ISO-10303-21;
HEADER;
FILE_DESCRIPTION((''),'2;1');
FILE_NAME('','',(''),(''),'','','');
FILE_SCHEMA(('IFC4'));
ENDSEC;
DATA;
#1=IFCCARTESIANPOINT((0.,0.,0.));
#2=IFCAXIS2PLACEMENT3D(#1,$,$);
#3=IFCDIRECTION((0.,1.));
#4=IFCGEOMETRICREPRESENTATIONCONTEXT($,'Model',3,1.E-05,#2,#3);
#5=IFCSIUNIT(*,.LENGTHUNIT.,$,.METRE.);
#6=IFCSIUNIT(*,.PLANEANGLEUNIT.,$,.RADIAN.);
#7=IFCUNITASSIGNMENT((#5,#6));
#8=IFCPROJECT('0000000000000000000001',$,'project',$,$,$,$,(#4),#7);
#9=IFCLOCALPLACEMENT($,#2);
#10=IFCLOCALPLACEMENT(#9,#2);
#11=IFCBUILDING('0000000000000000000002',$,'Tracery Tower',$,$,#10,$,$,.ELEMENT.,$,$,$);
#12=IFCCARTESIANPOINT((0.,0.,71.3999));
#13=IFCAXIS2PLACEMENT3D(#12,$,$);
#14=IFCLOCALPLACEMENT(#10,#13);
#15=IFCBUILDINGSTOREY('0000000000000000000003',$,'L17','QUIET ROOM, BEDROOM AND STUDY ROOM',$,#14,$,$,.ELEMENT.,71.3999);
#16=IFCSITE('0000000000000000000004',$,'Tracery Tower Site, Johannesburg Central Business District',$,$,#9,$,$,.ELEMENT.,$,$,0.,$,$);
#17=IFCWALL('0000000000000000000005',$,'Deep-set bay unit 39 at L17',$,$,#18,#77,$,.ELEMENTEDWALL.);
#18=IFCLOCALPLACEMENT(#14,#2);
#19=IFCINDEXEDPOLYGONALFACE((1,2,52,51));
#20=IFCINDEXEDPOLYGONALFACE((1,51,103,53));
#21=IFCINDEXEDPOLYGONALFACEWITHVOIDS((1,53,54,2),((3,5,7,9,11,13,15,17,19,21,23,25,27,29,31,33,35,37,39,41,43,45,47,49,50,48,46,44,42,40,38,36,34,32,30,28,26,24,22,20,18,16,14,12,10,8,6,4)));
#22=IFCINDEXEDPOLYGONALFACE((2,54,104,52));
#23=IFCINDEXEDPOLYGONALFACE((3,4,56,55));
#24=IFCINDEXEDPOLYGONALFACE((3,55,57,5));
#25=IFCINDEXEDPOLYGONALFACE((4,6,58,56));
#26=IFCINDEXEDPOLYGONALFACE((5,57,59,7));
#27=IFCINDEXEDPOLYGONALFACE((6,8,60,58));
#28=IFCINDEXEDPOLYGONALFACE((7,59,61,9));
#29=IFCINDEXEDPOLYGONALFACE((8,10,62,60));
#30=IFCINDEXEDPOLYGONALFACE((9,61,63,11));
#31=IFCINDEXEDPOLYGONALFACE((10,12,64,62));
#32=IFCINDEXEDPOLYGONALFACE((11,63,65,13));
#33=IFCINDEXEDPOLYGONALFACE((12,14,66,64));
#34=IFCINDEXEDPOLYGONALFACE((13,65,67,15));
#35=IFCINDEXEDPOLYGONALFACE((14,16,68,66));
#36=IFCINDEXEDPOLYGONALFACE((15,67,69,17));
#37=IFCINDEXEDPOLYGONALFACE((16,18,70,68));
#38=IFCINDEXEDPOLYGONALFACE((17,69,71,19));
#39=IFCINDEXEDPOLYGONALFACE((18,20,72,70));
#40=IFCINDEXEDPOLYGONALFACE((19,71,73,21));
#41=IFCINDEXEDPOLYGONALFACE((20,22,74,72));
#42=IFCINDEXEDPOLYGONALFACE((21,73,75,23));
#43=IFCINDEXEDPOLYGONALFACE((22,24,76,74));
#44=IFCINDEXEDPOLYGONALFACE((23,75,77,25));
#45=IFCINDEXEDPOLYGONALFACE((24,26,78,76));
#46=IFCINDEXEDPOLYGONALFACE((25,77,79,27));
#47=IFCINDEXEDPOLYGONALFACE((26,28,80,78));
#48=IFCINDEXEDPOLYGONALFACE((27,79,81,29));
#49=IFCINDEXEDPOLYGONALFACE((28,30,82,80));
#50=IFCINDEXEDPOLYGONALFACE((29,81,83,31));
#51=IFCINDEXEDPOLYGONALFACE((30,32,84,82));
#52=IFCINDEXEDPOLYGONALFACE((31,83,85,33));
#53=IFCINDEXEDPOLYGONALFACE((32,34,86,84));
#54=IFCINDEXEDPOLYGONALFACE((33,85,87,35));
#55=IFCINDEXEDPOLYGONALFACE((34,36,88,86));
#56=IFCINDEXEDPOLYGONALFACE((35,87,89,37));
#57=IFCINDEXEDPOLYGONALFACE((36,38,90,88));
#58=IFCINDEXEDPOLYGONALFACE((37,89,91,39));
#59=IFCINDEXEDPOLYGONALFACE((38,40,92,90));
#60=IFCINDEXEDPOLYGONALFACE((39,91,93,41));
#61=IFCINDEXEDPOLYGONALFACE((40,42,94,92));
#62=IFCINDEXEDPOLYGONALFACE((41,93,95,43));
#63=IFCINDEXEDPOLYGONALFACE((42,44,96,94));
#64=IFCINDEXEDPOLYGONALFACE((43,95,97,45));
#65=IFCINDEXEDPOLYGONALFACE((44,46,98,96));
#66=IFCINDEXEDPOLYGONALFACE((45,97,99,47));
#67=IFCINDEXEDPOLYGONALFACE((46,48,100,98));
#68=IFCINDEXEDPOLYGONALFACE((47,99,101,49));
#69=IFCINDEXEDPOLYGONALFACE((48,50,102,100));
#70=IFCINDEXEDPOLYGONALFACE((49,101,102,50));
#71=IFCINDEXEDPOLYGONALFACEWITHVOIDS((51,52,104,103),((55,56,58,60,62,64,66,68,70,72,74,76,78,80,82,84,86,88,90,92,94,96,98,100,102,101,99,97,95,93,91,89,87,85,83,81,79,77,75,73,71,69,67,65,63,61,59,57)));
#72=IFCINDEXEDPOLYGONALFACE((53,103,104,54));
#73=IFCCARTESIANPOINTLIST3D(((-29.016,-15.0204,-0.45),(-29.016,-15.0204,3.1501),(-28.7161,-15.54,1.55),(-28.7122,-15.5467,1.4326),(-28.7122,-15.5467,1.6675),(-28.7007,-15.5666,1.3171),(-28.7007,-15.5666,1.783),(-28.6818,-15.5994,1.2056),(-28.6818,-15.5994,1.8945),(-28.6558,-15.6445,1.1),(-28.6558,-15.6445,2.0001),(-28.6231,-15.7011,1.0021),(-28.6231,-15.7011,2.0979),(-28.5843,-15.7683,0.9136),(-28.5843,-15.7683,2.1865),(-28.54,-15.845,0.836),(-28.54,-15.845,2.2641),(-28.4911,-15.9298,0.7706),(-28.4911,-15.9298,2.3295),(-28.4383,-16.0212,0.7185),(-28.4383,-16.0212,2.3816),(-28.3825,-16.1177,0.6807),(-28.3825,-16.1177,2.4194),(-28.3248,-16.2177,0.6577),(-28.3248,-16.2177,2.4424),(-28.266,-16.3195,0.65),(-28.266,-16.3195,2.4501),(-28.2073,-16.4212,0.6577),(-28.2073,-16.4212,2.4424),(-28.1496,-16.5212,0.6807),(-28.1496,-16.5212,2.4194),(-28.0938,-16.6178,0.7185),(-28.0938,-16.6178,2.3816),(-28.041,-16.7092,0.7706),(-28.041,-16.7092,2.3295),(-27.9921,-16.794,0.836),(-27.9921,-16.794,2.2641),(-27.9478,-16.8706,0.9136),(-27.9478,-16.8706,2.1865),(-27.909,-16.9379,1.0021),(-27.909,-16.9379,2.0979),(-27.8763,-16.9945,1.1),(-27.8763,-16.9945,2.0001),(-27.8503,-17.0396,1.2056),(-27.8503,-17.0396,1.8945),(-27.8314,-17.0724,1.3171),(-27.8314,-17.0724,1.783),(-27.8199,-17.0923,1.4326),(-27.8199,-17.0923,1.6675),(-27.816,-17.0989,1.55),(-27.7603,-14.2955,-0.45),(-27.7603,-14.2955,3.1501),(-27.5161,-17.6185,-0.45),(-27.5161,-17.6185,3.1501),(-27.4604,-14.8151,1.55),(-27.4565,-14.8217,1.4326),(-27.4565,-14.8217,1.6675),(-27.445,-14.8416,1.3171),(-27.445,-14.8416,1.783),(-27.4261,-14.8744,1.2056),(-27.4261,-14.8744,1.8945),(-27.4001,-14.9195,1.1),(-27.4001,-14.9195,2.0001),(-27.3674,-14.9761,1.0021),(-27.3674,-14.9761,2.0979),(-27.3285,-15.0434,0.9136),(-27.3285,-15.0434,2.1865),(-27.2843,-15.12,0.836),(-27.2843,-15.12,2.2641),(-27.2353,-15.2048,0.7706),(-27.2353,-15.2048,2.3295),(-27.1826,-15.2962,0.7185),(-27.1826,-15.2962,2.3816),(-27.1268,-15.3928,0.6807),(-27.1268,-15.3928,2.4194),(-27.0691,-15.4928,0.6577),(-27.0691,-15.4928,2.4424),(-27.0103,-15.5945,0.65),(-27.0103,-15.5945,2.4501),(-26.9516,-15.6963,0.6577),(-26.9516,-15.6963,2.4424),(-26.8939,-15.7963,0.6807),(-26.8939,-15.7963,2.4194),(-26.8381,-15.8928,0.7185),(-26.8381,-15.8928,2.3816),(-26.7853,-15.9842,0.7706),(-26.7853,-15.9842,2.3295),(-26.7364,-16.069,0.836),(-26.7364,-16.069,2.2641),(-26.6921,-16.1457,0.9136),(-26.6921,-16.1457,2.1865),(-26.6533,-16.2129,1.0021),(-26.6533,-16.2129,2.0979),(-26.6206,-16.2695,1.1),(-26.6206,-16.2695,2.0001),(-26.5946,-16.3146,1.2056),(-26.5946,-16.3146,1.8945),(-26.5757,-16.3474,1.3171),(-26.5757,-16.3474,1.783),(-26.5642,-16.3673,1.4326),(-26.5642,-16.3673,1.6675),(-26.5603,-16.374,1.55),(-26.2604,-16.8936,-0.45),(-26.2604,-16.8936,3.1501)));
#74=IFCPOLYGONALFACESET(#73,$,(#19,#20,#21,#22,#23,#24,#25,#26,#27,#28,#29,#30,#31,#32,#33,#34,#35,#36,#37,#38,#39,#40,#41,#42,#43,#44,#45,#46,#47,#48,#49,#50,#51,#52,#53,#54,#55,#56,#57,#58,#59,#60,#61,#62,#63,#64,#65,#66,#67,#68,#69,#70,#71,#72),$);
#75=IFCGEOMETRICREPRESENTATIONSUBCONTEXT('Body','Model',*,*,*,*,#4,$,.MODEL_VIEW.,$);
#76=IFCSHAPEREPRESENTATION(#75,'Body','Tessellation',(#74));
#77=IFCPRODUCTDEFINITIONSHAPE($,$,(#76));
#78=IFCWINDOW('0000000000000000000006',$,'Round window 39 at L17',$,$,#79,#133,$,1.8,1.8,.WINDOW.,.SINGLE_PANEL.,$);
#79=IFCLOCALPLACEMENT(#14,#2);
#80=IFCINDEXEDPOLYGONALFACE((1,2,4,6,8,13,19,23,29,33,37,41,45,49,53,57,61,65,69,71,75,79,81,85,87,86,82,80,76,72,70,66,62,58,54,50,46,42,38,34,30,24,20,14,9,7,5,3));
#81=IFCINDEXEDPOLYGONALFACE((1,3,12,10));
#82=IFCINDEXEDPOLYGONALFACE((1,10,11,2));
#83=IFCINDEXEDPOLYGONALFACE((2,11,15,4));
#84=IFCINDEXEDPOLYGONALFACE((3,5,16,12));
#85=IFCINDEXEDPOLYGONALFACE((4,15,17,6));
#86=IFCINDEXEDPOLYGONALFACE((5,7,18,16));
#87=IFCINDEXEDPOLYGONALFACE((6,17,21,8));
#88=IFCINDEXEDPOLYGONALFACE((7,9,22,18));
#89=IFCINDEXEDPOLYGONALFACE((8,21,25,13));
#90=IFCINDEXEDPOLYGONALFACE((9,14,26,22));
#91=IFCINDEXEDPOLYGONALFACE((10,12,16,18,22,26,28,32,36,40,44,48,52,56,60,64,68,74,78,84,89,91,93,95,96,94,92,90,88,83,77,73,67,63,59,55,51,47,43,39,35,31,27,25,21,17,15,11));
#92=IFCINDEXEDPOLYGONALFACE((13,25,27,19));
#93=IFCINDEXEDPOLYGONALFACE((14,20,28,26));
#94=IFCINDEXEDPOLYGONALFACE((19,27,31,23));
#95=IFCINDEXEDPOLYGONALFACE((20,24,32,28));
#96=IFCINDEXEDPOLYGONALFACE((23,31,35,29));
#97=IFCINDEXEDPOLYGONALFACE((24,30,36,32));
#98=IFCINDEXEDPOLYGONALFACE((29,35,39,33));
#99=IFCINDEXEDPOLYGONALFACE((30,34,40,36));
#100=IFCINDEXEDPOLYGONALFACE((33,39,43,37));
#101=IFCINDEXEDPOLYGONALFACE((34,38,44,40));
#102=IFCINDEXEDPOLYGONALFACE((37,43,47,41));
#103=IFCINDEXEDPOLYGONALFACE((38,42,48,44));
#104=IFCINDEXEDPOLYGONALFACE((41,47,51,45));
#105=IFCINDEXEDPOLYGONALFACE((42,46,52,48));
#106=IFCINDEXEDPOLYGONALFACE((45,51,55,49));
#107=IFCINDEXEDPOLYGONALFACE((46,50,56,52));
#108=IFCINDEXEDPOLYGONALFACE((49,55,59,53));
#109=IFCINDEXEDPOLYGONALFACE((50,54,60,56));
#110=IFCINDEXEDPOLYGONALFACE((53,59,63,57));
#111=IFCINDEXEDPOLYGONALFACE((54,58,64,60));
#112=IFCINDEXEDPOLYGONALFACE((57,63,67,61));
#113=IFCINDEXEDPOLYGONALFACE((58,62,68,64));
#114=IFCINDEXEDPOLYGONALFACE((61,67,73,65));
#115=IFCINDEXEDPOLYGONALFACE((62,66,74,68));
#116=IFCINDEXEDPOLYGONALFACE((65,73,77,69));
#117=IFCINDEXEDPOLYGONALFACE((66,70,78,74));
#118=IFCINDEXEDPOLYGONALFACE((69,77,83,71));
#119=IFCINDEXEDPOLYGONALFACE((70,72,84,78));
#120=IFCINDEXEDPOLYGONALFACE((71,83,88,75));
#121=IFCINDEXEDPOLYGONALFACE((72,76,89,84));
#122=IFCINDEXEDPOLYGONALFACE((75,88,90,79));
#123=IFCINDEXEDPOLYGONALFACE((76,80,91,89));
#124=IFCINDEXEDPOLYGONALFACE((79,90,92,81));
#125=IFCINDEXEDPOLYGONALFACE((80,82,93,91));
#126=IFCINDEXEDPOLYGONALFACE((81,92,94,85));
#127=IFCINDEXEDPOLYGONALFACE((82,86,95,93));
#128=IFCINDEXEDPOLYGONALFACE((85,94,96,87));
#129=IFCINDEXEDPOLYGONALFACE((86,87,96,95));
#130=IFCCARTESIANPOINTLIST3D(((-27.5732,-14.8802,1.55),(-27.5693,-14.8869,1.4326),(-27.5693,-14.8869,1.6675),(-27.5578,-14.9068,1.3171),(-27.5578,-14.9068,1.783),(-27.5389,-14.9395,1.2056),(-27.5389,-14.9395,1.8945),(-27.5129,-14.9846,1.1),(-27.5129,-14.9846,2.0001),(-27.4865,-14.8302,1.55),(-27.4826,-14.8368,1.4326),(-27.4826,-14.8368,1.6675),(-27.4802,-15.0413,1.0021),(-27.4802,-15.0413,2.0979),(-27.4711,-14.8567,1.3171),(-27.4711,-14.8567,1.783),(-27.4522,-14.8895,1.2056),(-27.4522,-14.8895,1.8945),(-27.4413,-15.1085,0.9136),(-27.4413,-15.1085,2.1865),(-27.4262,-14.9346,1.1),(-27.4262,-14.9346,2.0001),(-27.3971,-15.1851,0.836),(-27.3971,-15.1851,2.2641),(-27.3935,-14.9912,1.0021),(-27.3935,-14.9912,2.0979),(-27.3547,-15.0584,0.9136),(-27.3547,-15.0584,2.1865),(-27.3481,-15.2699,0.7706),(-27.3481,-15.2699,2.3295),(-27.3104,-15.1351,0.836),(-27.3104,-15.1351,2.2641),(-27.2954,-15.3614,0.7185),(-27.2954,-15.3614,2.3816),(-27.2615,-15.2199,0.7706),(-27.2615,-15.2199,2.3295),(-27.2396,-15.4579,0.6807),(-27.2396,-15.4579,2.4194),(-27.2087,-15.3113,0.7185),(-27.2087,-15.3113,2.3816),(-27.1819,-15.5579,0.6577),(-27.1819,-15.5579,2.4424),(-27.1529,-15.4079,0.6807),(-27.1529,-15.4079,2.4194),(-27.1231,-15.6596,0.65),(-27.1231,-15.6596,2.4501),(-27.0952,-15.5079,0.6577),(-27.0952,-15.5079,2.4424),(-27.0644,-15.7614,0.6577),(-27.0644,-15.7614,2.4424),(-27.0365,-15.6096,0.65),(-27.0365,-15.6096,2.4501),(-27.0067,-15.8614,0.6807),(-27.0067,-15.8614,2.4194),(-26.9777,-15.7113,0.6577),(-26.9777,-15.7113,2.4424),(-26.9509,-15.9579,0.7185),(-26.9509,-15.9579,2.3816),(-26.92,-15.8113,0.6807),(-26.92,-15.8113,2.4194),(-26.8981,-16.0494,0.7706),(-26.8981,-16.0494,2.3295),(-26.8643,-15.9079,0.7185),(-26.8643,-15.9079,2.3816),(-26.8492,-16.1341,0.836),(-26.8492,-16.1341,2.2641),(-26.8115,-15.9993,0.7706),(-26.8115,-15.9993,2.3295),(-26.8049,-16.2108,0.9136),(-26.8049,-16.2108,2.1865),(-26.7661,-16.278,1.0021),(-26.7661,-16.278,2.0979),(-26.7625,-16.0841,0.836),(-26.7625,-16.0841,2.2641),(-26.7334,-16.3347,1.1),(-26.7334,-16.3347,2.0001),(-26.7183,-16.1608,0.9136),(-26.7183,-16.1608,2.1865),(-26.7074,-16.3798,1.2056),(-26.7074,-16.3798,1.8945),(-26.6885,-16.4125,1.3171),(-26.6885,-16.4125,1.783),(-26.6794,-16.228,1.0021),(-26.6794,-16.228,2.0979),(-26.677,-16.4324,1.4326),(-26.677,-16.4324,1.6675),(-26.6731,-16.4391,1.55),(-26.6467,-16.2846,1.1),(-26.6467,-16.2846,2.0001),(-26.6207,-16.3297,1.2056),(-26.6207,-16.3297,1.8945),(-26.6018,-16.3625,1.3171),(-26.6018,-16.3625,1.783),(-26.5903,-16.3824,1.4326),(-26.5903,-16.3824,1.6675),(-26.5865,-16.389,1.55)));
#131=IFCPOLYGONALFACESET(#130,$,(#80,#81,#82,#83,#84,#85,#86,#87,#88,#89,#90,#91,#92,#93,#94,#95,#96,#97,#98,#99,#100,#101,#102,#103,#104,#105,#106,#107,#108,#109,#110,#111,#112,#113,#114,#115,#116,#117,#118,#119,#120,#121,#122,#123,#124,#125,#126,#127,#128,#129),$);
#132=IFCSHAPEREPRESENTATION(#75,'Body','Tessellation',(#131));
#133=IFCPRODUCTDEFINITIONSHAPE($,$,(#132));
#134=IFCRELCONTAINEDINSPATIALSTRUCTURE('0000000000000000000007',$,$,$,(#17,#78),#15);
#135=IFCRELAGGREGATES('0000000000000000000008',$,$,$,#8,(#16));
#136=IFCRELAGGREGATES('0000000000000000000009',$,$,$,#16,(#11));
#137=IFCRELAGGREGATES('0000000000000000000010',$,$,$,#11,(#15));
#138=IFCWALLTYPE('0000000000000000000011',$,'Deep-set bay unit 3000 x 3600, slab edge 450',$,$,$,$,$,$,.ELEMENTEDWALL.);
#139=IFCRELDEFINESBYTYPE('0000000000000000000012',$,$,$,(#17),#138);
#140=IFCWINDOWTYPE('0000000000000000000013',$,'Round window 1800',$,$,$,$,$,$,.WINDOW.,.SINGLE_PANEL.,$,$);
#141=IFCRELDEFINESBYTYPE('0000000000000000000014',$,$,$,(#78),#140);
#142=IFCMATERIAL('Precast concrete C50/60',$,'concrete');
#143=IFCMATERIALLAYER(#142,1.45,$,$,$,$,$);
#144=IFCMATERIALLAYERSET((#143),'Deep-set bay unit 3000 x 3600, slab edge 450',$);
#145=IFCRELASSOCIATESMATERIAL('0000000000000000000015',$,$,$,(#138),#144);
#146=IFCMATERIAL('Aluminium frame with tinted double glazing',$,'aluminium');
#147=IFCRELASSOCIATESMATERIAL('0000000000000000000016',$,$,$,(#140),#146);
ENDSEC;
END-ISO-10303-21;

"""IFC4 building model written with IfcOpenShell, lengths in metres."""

from ifc_helpers import new_model, si_unit, direction, frame, frame_2d, origin, origin_2d, place, context, subcontext, project, spatial, rectangle, circle, extrude, material, layer, layer_set, type_object, element, fill, save


model = new_model("IFC4")

# Units and contexts
model_context = context("Model", 3, precision=1e-05, world=origin(), true_north=direction((0.0, 1.0)))
body_context = subcontext(model_context, "Body", "Model", "MODEL_VIEW")
ifc_project = project(units=[si_unit("LENGTHUNIT", "METRE"), si_unit("PLANEANGLEUNIT", "RADIAN")], contexts=[model_context])

# Site, building, storey
site_placement = place(None, origin())
site = spatial("IfcSite", under=ifc_project, at=site_placement, Name="Tracery Tower Site, Johannesburg Central Business District", CompositionType="ELEMENT", RefElevation=0.0)
building_placement = place(site_placement, origin())
building = spatial("IfcBuilding", under=site, at=building_placement, Name="Tracery Tower", CompositionType="ELEMENT")
storey_placement = place(building_placement, frame((0.0, 0.0, 71.3999)))
storey = spatial("IfcBuildingStorey", under=building, at=storey_placement, Name="L17", Description="QUIET ROOM, BEDROOM AND STUDY ROOM", CompositionType="ELEMENT", Elevation=71.3999)

# Wall, opening, window
ifc_material_1 = material(Name="Precast concrete C50/60", Category="concrete")
ifc_layer_1 = layer(ifc_material_1, 1.45)
ifc_layer_set_1 = layer_set([ifc_layer_1], Name="Deep-set bay unit 3000 x 3600, slab edge 450")
wall_type_1 = type_object("IfcWallType", Name="Deep-set bay unit 3000 x 3600, slab edge 450", PredefinedType="ELEMENTEDWALL", material=ifc_layer_set_1)
wall_1_placement = place(storey_placement, frame((-28.3882, -14.658, -0.45), z_axis=(0.0, 0.0, 1.0), x_axis=(0.49999, -0.866031, 0.0)))
wall_1 = element("IfcWall", 1, at=wall_1_placement, inside=storey, type_object=wall_type_1, Name="Deep-set bay unit 39 at L17", PredefinedType="ELEMENTEDWALL", context=body_context, shape_type="SweptSolid", body=[
    extrude(rectangle(XDim=3.0, YDim=1.45, at=frame_2d((1.5, 0.0))), origin(), (0.0, 0.0, 1.0), 3.6001),
])
opening_1_placement = place(wall_1_placement, frame((1.5, 0.0, 2.0)))
opening_1 = element("IfcOpeningElement", 2, at=opening_1_placement, cuts=wall_1, PredefinedType="OPENING", context=body_context, shape_type="SweptSolid", body=[
    extrude(circle(Radius=0.9, at=origin_2d()), frame((0.0, 0.7349, 0.0), z_axis=(0.0, -1.0, 0.0), x_axis=(1.0, 0.0, 0.0)), (0.0, 0.0, 1.0), 1.47),
])
ifc_material_2 = material(Name="Aluminium frame with tinted double glazing", Category="aluminium")
window_type = type_object("IfcWindowType", Name="Round window 1800", PartitioningType="SINGLE_PANEL", PredefinedType="WINDOW", material=ifc_material_2)
window_1_placement = place(opening_1_placement, origin())
window_1 = element("IfcWindow", 3, at=window_1_placement, inside=storey, type_object=window_type, Name="Round window 39 at L17", OverallHeight=1.8, OverallWidth=1.8, PartitioningType="SINGLE_PANEL", PredefinedType="WINDOW", context=body_context, shape_type="SweptSolid", body=[
    extrude(circle(Radius=0.9, at=origin_2d()), frame((0.0, 0.6948, 0.0), z_axis=(0.0, -1.0, 0.0), x_axis=(1.0, 0.0, 0.0)), (0.0, 0.0, 1.0), 0.1001),
])
fill(opening_1, window_1)

save(model, "model.ifc")
